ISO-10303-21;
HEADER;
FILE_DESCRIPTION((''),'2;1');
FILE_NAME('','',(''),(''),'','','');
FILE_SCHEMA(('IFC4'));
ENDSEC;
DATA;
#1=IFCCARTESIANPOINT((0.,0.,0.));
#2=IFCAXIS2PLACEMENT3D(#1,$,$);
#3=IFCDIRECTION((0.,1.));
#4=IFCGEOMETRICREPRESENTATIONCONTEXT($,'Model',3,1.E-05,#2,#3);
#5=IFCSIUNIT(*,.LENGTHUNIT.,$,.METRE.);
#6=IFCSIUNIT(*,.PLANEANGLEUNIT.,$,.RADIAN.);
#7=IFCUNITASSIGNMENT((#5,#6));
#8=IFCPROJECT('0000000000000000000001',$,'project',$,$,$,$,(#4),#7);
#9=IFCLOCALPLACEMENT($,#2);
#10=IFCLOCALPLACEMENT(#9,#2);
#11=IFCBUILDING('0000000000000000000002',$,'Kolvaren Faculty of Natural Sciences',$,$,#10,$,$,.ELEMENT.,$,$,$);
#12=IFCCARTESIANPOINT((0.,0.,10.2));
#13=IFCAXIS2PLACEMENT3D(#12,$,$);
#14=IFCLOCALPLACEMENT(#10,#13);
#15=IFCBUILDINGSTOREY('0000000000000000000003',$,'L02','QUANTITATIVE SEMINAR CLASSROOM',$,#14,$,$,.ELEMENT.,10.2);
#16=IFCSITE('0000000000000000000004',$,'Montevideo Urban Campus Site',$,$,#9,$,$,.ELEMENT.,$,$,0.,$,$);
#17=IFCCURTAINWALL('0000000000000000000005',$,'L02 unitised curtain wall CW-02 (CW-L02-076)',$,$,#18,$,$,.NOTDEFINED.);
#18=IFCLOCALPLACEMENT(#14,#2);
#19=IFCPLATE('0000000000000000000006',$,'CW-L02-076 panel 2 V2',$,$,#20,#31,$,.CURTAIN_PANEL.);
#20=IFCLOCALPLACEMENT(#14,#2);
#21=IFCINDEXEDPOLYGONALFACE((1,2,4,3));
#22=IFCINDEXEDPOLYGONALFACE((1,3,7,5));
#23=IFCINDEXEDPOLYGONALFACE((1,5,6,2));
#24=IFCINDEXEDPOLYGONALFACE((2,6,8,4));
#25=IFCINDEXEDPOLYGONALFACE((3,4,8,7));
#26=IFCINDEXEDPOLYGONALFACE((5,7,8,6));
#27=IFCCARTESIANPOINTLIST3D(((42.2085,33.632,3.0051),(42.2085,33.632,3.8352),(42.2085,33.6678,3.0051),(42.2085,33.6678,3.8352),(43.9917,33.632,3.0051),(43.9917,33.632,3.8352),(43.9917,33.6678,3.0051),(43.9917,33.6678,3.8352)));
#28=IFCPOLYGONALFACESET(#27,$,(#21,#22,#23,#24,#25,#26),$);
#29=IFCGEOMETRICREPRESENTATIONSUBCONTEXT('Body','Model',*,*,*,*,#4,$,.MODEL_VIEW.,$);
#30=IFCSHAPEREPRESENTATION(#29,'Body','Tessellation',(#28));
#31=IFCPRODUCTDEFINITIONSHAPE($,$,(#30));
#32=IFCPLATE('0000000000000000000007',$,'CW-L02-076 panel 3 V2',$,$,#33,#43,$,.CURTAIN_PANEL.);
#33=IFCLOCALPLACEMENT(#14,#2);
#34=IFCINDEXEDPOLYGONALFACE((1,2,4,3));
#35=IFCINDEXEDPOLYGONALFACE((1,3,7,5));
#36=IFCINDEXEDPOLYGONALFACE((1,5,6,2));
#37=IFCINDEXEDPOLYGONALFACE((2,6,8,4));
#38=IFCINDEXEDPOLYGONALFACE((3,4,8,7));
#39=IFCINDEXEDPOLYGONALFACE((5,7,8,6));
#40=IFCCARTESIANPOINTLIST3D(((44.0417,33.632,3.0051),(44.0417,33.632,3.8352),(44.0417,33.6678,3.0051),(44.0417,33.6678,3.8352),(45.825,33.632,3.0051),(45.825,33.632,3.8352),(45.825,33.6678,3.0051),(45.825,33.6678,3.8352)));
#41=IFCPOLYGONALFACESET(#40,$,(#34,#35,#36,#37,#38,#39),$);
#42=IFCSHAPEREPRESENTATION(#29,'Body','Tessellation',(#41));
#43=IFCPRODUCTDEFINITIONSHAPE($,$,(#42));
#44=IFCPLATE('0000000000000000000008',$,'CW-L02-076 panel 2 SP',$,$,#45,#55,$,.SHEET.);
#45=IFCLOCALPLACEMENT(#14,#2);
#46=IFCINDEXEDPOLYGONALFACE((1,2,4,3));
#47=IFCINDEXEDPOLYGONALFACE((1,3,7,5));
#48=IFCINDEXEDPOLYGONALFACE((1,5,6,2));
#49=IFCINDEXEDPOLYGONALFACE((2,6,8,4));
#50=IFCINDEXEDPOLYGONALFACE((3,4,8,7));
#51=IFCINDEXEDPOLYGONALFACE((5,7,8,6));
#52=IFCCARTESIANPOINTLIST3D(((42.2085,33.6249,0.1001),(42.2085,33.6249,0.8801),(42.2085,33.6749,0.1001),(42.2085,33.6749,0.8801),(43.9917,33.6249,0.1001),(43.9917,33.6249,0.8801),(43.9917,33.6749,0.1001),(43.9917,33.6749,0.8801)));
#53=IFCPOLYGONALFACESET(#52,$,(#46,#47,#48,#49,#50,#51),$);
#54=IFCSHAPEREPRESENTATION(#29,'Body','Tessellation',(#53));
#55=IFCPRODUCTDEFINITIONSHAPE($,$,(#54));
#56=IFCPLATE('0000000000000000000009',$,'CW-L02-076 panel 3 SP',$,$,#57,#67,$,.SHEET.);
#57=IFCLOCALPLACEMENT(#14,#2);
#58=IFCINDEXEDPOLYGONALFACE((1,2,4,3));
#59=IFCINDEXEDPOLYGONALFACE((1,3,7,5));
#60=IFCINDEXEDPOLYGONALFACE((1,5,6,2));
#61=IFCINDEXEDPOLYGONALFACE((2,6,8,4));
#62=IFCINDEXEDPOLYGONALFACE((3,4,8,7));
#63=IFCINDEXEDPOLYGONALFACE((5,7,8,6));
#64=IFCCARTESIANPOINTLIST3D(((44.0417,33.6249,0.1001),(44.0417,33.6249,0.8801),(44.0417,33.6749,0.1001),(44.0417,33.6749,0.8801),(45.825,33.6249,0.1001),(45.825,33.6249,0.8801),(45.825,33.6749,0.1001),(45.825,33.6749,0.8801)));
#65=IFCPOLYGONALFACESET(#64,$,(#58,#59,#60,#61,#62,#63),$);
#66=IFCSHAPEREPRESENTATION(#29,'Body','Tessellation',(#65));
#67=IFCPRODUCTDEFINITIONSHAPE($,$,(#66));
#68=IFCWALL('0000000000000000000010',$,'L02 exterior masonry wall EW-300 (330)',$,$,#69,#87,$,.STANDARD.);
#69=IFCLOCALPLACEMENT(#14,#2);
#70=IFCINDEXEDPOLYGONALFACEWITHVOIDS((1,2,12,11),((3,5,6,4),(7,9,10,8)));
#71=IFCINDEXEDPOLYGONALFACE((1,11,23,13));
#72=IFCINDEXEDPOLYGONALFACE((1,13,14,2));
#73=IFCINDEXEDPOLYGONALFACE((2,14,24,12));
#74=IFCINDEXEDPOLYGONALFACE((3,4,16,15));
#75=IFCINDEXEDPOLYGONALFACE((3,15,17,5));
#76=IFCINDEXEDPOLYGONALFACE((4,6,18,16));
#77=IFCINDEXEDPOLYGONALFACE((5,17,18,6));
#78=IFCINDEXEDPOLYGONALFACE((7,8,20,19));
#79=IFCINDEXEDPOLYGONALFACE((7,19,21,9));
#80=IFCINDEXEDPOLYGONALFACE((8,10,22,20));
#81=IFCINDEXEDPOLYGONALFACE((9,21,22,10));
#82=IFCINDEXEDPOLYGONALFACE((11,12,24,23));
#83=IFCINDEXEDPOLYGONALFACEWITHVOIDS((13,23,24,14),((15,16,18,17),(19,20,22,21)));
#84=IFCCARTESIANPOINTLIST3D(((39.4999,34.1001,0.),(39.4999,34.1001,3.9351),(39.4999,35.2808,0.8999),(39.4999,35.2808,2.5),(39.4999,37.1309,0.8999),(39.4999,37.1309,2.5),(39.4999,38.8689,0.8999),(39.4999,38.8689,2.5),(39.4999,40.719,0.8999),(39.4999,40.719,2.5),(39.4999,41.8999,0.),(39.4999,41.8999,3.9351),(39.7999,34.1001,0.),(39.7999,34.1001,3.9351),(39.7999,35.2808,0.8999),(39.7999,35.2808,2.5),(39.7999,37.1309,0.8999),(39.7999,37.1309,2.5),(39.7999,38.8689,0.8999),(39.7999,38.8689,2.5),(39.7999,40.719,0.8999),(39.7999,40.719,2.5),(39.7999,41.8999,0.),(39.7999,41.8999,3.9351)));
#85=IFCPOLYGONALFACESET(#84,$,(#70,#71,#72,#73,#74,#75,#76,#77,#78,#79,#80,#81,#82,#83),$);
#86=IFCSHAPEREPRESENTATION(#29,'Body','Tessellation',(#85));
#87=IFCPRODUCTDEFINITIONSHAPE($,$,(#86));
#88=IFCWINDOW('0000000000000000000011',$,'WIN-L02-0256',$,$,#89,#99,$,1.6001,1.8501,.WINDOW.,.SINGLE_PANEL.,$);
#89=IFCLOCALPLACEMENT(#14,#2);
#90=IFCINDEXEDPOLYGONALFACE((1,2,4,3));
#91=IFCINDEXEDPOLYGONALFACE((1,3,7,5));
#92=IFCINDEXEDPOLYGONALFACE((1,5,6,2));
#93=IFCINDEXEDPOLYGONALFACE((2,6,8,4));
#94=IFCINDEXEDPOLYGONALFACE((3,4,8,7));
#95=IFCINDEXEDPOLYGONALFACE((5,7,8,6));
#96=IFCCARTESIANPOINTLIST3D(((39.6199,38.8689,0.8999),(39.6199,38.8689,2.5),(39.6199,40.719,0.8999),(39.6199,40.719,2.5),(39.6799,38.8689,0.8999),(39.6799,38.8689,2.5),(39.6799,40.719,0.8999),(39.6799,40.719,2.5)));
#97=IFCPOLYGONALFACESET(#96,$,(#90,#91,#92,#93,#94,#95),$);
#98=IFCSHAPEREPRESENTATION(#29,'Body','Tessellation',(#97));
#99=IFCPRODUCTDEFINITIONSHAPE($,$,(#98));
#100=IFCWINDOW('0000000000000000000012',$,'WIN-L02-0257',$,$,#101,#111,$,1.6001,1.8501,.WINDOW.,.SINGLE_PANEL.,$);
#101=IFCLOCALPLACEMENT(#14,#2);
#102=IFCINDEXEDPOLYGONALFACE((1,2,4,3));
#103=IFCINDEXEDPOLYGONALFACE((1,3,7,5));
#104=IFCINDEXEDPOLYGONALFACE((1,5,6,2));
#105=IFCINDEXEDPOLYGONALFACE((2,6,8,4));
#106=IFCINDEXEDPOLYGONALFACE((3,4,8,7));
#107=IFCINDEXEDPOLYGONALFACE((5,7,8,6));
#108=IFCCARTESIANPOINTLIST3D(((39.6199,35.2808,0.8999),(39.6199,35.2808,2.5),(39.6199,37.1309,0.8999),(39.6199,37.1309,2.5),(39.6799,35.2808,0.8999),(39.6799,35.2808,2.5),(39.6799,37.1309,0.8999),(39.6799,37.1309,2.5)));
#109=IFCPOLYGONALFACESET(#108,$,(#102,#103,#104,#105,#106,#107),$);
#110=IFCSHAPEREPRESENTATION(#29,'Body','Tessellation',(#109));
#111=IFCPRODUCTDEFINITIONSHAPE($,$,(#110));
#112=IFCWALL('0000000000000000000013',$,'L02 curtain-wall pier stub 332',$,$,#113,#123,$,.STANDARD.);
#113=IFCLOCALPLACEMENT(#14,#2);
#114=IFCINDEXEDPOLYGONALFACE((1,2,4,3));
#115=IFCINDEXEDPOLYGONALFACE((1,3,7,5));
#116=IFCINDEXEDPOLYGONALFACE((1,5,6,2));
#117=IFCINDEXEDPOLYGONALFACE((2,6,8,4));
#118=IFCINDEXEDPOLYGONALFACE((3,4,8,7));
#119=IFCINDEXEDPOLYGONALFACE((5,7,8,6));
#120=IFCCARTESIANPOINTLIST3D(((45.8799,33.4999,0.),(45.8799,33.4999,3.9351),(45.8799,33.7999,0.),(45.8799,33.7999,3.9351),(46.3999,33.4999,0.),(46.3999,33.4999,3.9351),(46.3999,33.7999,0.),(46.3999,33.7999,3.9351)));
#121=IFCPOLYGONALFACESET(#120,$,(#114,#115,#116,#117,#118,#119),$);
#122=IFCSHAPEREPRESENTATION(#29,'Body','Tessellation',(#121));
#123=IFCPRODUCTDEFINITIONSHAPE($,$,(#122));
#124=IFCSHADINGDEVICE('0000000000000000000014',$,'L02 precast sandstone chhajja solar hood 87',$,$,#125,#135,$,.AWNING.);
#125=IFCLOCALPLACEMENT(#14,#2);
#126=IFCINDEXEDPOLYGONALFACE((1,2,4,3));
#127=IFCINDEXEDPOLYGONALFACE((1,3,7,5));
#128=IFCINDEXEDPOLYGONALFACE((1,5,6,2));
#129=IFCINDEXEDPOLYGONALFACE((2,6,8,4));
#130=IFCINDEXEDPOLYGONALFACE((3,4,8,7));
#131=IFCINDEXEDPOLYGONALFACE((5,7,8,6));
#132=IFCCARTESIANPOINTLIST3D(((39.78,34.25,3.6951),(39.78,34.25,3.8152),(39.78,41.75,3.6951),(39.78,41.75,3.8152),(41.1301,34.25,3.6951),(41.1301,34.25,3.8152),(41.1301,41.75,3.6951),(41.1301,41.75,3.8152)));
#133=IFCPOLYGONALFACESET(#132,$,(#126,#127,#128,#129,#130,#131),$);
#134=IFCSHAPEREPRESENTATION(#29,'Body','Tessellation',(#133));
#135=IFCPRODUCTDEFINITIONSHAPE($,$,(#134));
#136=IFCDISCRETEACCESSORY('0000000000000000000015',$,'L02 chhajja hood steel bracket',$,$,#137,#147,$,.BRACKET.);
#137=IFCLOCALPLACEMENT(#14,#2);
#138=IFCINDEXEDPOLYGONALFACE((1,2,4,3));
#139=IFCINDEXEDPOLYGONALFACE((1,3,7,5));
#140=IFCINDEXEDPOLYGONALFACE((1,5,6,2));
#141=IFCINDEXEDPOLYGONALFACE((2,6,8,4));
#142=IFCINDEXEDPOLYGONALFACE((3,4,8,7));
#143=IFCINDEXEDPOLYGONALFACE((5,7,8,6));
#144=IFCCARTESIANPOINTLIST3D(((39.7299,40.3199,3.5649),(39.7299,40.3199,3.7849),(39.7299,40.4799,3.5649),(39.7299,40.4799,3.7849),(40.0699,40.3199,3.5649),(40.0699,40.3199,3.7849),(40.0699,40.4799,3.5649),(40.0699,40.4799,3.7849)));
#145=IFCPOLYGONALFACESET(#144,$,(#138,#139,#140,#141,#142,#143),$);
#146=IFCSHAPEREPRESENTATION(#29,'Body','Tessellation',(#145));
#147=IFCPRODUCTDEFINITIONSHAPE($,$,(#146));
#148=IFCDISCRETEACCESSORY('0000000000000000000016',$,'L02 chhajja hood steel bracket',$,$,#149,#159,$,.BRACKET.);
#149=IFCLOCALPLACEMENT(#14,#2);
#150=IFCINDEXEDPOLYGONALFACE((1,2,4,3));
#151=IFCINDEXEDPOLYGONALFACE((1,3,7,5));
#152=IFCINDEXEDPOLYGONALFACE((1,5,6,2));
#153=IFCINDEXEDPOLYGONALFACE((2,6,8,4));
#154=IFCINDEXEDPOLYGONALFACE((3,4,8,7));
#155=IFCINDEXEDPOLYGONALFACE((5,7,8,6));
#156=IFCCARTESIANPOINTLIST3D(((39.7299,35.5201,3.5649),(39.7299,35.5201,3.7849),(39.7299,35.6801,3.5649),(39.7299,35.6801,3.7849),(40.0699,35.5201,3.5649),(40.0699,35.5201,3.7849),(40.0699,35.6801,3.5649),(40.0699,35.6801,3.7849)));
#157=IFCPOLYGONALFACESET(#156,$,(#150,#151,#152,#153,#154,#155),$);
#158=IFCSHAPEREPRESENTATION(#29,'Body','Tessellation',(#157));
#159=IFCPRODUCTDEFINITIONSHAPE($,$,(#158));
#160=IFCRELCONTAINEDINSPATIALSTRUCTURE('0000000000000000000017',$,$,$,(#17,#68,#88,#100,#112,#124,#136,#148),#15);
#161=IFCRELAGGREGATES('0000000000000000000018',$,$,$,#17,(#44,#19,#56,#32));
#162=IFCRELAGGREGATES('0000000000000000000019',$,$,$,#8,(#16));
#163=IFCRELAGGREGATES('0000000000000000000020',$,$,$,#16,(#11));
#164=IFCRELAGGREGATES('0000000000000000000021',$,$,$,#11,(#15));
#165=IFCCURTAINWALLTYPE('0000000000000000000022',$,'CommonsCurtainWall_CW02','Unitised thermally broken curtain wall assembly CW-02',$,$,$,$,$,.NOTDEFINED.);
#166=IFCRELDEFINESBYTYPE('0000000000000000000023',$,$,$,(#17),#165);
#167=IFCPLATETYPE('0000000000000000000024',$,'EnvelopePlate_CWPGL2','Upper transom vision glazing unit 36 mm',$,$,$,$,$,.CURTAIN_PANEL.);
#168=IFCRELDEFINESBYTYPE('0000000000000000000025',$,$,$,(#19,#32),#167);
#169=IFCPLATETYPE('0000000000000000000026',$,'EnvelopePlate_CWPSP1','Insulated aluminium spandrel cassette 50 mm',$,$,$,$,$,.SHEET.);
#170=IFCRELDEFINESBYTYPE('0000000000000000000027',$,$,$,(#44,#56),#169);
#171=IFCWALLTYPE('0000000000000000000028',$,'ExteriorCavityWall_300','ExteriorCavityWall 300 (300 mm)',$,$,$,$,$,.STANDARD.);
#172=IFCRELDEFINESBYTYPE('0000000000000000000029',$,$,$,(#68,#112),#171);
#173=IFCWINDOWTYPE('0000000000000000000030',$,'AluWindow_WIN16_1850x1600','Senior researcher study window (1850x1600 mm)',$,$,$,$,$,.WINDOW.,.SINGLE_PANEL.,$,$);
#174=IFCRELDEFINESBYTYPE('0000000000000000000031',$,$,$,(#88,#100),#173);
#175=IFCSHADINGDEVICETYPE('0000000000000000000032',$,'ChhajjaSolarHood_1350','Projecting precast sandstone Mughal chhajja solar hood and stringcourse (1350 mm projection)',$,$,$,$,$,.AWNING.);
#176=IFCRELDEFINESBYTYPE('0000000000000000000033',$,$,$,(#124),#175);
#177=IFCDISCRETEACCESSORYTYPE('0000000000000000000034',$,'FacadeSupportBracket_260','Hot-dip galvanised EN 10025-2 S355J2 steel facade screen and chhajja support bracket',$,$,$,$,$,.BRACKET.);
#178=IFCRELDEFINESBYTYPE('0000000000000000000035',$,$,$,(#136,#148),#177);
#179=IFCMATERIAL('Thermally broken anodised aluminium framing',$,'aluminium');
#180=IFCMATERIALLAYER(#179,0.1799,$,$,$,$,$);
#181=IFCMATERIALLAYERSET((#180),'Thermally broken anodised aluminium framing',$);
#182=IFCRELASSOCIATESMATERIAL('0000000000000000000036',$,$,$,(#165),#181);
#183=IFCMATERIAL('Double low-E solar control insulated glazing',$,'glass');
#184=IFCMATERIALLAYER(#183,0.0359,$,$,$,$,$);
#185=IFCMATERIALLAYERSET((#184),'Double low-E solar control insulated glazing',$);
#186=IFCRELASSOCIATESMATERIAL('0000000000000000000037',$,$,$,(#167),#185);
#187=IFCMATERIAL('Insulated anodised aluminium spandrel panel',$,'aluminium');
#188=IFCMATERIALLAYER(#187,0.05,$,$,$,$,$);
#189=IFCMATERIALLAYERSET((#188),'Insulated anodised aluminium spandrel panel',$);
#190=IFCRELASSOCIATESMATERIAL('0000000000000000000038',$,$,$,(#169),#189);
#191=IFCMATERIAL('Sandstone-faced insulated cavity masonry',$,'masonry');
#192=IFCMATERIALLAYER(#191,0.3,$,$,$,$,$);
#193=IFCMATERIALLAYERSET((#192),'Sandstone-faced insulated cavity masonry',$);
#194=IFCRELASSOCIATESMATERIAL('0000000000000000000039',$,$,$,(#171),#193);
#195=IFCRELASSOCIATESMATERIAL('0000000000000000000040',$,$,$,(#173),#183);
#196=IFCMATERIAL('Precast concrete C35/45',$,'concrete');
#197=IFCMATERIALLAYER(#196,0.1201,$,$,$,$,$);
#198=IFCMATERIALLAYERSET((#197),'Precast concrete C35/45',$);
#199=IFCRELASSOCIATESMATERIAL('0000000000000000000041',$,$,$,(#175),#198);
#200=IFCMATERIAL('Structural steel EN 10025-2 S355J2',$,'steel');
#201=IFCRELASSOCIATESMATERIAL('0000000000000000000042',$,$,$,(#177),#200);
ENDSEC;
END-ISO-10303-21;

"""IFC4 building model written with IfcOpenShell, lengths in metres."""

from ifc_helpers import new_model, si_unit, direction, frame, frame_2d, origin, origin_2d, place, context, subcontext, project, spatial, rectangle, extrude, material, layer, layer_set, type_object, element, fill, aggregate, save


model = new_model("IFC4")

# Units and contexts
model_context = context("Model", 3, precision=1e-05, world=origin(), true_north=direction((0.0, 1.0)))
body_context = subcontext(model_context, "Body", "Model", "MODEL_VIEW")
ifc_project = project(units=[si_unit("LENGTHUNIT", "METRE"), si_unit("PLANEANGLEUNIT", "RADIAN")], contexts=[model_context])

# Site, building, storey
site_placement = place(None, origin())
site = spatial("IfcSite", under=ifc_project, at=site_placement, Name="Montevideo Urban Campus Site", CompositionType="ELEMENT", RefElevation=0.0)
building_placement = place(site_placement, origin())
building = spatial("IfcBuilding", under=site, at=building_placement, Name="Kolvaren Faculty of Natural Sciences", CompositionType="ELEMENT")
storey_placement = place(building_placement, frame((0.0, 0.0, 10.2)))
storey = spatial("IfcBuildingStorey", under=building, at=storey_placement, Name="L02", Description="QUANTITATIVE SEMINAR CLASSROOM", CompositionType="ELEMENT", Elevation=10.2)

# Curtain wall
ifc_material_1 = material(Name="Thermally broken anodised aluminium framing", Category="aluminium")
ifc_layer_1 = layer(ifc_material_1, 0.1799)
ifc_layer_set_1 = layer_set([ifc_layer_1], Name="Thermally broken anodised aluminium framing")
curtain_wall_type = type_object("IfcCurtainWallType", Name="CommonsCurtainWall_CW02", Description="Unitised thermally broken curtain wall assembly CW-02", PredefinedType="NOTDEFINED", material=ifc_layer_set_1)
curtain_wall_placement = place(storey_placement, origin())
curtain_wall = element("IfcCurtainWall", 1, at=curtain_wall_placement, inside=storey, type_object=curtain_wall_type, Name="L02 unitised curtain wall CW-02 (CW-L02-076)", PredefinedType="NOTDEFINED")

# Plates
ifc_material_2 = material(Name="Double low-E solar control insulated glazing", Category="glass")
ifc_layer_2 = layer(ifc_material_2, 0.0359)
ifc_layer_set_2 = layer_set([ifc_layer_2], Name="Double low-E solar control insulated glazing")
plate_type_1 = type_object("IfcPlateType", Name="EnvelopePlate_CWPGL2", Description="Upper transom vision glazing unit 36 mm", PredefinedType="CURTAIN_PANEL", material=ifc_layer_set_2)
plate_1_placement = place(storey_placement, frame((43.1001, 33.6499, 3.0051), z_axis=(0.0, 0.0, 1.0), x_axis=(1.0, 0.0, 0.0)))
plate_1 = element("IfcPlate", 2, at=plate_1_placement, type_object=plate_type_1, Name="CW-L02-076 panel 2 V2", PredefinedType="CURTAIN_PANEL", context=body_context, shape_type="SweptSolid", body=[
    extrude(rectangle(XDim=1.7832, YDim=0.0359, at=origin_2d()), origin(), (0.0, 0.0, 1.0), 0.8301),
])
plate_2_placement = place(storey_placement, frame((44.9333, 33.6499, 3.0051), z_axis=(0.0, 0.0, 1.0), x_axis=(1.0, 0.0, 0.0)))
plate_2 = element("IfcPlate", 3, at=plate_2_placement, type_object=plate_type_1, Name="CW-L02-076 panel 3 V2", PredefinedType="CURTAIN_PANEL", context=body_context, shape_type="SweptSolid", body=[
    extrude(rectangle(XDim=1.7832, YDim=0.0359, at=origin_2d()), origin(), (0.0, 0.0, 1.0), 0.8301),
])
ifc_material_3 = material(Name="Insulated anodised aluminium spandrel panel", Category="aluminium")
ifc_layer_3 = layer(ifc_material_3, 0.05)
ifc_layer_set_3 = layer_set([ifc_layer_3], Name="Insulated anodised aluminium spandrel panel")
plate_type_2 = type_object("IfcPlateType", Name="EnvelopePlate_CWPSP1", Description="Insulated aluminium spandrel cassette 50 mm", PredefinedType="SHEET", material=ifc_layer_set_3)
plate_3_placement = place(storey_placement, frame((43.1001, 33.6499, 0.1001), z_axis=(0.0, 0.0, 1.0), x_axis=(1.0, 0.0, 0.0)))
plate_3 = element("IfcPlate", 4, at=plate_3_placement, type_object=plate_type_2, Name="CW-L02-076 panel 2 SP", PredefinedType="SHEET", context=body_context, shape_type="SweptSolid", body=[
    extrude(rectangle(XDim=1.7832, YDim=0.05, at=origin_2d()), origin(), (0.0, 0.0, 1.0), 0.78),
])
plate_4_placement = place(storey_placement, frame((44.9333, 33.6499, 0.1001), z_axis=(0.0, 0.0, 1.0), x_axis=(1.0, 0.0, 0.0)))
plate_4 = element("IfcPlate", 5, at=plate_4_placement, type_object=plate_type_2, Name="CW-L02-076 panel 3 SP", PredefinedType="SHEET", context=body_context, shape_type="SweptSolid", body=[
    extrude(rectangle(XDim=1.7832, YDim=0.05, at=origin_2d()), origin(), (0.0, 0.0, 1.0), 0.78),
])
aggregate(curtain_wall, [plate_3, plate_1, plate_4, plate_2])

# Wall, openings, windows
ifc_material_4 = material(Name="Sandstone-faced insulated cavity masonry", Category="masonry")
ifc_layer_4 = layer(ifc_material_4, 0.3)
ifc_layer_set_4 = layer_set([ifc_layer_4], Name="Sandstone-faced insulated cavity masonry")
wall_type = type_object("IfcWallType", Name="ExteriorCavityWall_300", Description="ExteriorCavityWall 300 (300 mm)", PredefinedType="STANDARD", material=ifc_layer_set_4)
wall_1_placement = place(storey_placement, frame((39.6499, 41.8999, 0.0), z_axis=(0.0, 0.0, 1.0), x_axis=(0.0, -1.0, 0.0)))
wall_1 = element("IfcWall", 6, at=wall_1_placement, inside=storey, type_object=wall_type, Name="L02 exterior masonry wall EW-300 (330)", PredefinedType="STANDARD", context=body_context, shape_type="SweptSolid", body=[
    extrude(rectangle(XDim=7.7998, YDim=0.3, at=frame_2d((3.8999, 0.0))), origin(), (0.0, 0.0, 1.0), 3.9351),
])
opening_1_placement = place(wall_1_placement, frame((1.1809, 0.0, 0.8999)))
opening_1 = element("IfcOpeningElement", 7, at=opening_1_placement, cuts=wall_1, PredefinedType="OPENING", context=body_context, shape_type="SweptSolid", body=[
    extrude(rectangle(XDim=1.8501, YDim=1.6001, at=frame_2d((0.925, 0.8))), frame((0.0, 0.1599, 0.0), z_axis=(0.0, -1.0, 0.0), x_axis=(1.0, 0.0, 0.0)), (0.0, 0.0, 1.0), 0.3201),
])
opening_2_placement = place(wall_1_placement, frame((4.769, 0.0, 0.8999)))
opening_2 = element("IfcOpeningElement", 8, at=opening_2_placement, cuts=wall_1, PredefinedType="OPENING", context=body_context, shape_type="SweptSolid", body=[
    extrude(rectangle(XDim=1.8501, YDim=1.6001, at=frame_2d((0.925, 0.8))), frame((0.0, 0.1599, 0.0), z_axis=(0.0, -1.0, 0.0), x_axis=(1.0, 0.0, 0.0)), (0.0, 0.0, 1.0), 0.3201),
])
window_type = type_object("IfcWindowType", Name="AluWindow_WIN16_1850x1600", Description="Senior researcher study window (1850x1600 mm)", PartitioningType="SINGLE_PANEL", PredefinedType="WINDOW", material=ifc_material_2)
window_1_placement = place(opening_1_placement, origin())
window_1 = element("IfcWindow", 9, at=window_1_placement, inside=storey, type_object=window_type, Name="WIN-L02-0256", OverallHeight=1.6001, OverallWidth=1.8501, PartitioningType="SINGLE_PANEL", PredefinedType="WINDOW", context=body_context, shape_type="SweptSolid", body=[
    extrude(rectangle(XDim=1.8501, YDim=1.6001, at=frame_2d((0.925, 0.8))), frame((0.0, 0.03, 0.0), z_axis=(0.0, -1.0, 0.0), x_axis=(1.0, 0.0, 0.0)), (0.0, 0.0, 1.0), 0.0601),
])
fill(opening_1, window_1)
window_2_placement = place(opening_2_placement, origin())
window_2 = element("IfcWindow", 10, at=window_2_placement, inside=storey, type_object=window_type, Name="WIN-L02-0257", OverallHeight=1.6001, OverallWidth=1.8501, PartitioningType="SINGLE_PANEL", PredefinedType="WINDOW", context=body_context, shape_type="SweptSolid", body=[
    extrude(rectangle(XDim=1.8501, YDim=1.6001, at=frame_2d((0.925, 0.8))), frame((0.0, 0.03, 0.0), z_axis=(0.0, -1.0, 0.0), x_axis=(1.0, 0.0, 0.0)), (0.0, 0.0, 1.0), 0.0601),
])
fill(opening_2, window_2)

# Wall
wall_2_placement = place(storey_placement, frame((45.8799, 33.6499, 0.0), z_axis=(0.0, 0.0, 1.0), x_axis=(1.0, 0.0, 0.0)))
element("IfcWall", 11, at=wall_2_placement, inside=storey, type_object=wall_type, Name="L02 curtain-wall pier stub 332", PredefinedType="STANDARD", context=body_context, shape_type="SweptSolid", body=[
    extrude(rectangle(XDim=0.52, YDim=0.3, at=frame_2d((0.26, 0.0))), origin(), (0.0, 0.0, 1.0), 3.9351),
])

# Shading device
ifc_material_5 = material(Name="Precast concrete C35/45", Category="concrete")
ifc_layer_5 = layer(ifc_material_5, 0.1201)
ifc_layer_set_5 = layer_set([ifc_layer_5], Name="Precast concrete C35/45")
shading_device_type = type_object("IfcShadingDeviceType", Name="ChhajjaSolarHood_1350", Description="Projecting precast sandstone Mughal chhajja solar hood and stringcourse (1350 mm projection)", PredefinedType="AWNING", material=ifc_layer_set_5)
shading_device_placement = place(storey_placement, frame((40.4551, 38.0, 3.6951), z_axis=(0.0, 0.0, 1.0), x_axis=(0.0, -1.0, 0.0)))
element("IfcShadingDevice", 12, at=shading_device_placement, inside=storey, type_object=shading_device_type, Name="L02 precast sandstone chhajja solar hood 87", PredefinedType="AWNING", context=body_context, shape_type="SweptSolid", body=[
    extrude(rectangle(XDim=7.5, YDim=1.3501, at=origin_2d()), origin(), (0.0, 0.0, 1.0), 0.1201),
])

# Discrete accessories
ifc_material_6 = material(Name="Structural steel EN 10025-2 S355J2", Category="steel")
discrete_accessory_type = type_object("IfcDiscreteAccessoryType", Name="FacadeSupportBracket_260", Description="Hot-dip galvanised EN 10025-2 S355J2 steel facade screen and chhajja support bracket", PredefinedType="BRACKET", material=ifc_material_6)
for number, where, z_axis, x_axis, name in (
    (13, (39.8999, 40.3999, 3.5649), (0.0, 0.0, 1.0), (0.0, -1.0, 0.0), "L02 chhajja hood steel bracket"),
    (14, (39.8999, 35.6001, 3.5649), (0.0, 0.0, 1.0), (0.0, -1.0, 0.0), "L02 chhajja hood steel bracket"),
):
    element("IfcDiscreteAccessory", number, at=place(storey_placement, frame(where, z_axis=z_axis, x_axis=x_axis)), inside=storey, type_object=discrete_accessory_type, Name=name, PredefinedType="BRACKET", context=body_context, shape_type="SweptSolid", body=[
        extrude(rectangle(XDim=0.1599, YDim=0.3401, at=origin_2d()), origin(), (0.0, 0.0, 1.0), 0.22),
    ])

save(model, "model.ifc")
